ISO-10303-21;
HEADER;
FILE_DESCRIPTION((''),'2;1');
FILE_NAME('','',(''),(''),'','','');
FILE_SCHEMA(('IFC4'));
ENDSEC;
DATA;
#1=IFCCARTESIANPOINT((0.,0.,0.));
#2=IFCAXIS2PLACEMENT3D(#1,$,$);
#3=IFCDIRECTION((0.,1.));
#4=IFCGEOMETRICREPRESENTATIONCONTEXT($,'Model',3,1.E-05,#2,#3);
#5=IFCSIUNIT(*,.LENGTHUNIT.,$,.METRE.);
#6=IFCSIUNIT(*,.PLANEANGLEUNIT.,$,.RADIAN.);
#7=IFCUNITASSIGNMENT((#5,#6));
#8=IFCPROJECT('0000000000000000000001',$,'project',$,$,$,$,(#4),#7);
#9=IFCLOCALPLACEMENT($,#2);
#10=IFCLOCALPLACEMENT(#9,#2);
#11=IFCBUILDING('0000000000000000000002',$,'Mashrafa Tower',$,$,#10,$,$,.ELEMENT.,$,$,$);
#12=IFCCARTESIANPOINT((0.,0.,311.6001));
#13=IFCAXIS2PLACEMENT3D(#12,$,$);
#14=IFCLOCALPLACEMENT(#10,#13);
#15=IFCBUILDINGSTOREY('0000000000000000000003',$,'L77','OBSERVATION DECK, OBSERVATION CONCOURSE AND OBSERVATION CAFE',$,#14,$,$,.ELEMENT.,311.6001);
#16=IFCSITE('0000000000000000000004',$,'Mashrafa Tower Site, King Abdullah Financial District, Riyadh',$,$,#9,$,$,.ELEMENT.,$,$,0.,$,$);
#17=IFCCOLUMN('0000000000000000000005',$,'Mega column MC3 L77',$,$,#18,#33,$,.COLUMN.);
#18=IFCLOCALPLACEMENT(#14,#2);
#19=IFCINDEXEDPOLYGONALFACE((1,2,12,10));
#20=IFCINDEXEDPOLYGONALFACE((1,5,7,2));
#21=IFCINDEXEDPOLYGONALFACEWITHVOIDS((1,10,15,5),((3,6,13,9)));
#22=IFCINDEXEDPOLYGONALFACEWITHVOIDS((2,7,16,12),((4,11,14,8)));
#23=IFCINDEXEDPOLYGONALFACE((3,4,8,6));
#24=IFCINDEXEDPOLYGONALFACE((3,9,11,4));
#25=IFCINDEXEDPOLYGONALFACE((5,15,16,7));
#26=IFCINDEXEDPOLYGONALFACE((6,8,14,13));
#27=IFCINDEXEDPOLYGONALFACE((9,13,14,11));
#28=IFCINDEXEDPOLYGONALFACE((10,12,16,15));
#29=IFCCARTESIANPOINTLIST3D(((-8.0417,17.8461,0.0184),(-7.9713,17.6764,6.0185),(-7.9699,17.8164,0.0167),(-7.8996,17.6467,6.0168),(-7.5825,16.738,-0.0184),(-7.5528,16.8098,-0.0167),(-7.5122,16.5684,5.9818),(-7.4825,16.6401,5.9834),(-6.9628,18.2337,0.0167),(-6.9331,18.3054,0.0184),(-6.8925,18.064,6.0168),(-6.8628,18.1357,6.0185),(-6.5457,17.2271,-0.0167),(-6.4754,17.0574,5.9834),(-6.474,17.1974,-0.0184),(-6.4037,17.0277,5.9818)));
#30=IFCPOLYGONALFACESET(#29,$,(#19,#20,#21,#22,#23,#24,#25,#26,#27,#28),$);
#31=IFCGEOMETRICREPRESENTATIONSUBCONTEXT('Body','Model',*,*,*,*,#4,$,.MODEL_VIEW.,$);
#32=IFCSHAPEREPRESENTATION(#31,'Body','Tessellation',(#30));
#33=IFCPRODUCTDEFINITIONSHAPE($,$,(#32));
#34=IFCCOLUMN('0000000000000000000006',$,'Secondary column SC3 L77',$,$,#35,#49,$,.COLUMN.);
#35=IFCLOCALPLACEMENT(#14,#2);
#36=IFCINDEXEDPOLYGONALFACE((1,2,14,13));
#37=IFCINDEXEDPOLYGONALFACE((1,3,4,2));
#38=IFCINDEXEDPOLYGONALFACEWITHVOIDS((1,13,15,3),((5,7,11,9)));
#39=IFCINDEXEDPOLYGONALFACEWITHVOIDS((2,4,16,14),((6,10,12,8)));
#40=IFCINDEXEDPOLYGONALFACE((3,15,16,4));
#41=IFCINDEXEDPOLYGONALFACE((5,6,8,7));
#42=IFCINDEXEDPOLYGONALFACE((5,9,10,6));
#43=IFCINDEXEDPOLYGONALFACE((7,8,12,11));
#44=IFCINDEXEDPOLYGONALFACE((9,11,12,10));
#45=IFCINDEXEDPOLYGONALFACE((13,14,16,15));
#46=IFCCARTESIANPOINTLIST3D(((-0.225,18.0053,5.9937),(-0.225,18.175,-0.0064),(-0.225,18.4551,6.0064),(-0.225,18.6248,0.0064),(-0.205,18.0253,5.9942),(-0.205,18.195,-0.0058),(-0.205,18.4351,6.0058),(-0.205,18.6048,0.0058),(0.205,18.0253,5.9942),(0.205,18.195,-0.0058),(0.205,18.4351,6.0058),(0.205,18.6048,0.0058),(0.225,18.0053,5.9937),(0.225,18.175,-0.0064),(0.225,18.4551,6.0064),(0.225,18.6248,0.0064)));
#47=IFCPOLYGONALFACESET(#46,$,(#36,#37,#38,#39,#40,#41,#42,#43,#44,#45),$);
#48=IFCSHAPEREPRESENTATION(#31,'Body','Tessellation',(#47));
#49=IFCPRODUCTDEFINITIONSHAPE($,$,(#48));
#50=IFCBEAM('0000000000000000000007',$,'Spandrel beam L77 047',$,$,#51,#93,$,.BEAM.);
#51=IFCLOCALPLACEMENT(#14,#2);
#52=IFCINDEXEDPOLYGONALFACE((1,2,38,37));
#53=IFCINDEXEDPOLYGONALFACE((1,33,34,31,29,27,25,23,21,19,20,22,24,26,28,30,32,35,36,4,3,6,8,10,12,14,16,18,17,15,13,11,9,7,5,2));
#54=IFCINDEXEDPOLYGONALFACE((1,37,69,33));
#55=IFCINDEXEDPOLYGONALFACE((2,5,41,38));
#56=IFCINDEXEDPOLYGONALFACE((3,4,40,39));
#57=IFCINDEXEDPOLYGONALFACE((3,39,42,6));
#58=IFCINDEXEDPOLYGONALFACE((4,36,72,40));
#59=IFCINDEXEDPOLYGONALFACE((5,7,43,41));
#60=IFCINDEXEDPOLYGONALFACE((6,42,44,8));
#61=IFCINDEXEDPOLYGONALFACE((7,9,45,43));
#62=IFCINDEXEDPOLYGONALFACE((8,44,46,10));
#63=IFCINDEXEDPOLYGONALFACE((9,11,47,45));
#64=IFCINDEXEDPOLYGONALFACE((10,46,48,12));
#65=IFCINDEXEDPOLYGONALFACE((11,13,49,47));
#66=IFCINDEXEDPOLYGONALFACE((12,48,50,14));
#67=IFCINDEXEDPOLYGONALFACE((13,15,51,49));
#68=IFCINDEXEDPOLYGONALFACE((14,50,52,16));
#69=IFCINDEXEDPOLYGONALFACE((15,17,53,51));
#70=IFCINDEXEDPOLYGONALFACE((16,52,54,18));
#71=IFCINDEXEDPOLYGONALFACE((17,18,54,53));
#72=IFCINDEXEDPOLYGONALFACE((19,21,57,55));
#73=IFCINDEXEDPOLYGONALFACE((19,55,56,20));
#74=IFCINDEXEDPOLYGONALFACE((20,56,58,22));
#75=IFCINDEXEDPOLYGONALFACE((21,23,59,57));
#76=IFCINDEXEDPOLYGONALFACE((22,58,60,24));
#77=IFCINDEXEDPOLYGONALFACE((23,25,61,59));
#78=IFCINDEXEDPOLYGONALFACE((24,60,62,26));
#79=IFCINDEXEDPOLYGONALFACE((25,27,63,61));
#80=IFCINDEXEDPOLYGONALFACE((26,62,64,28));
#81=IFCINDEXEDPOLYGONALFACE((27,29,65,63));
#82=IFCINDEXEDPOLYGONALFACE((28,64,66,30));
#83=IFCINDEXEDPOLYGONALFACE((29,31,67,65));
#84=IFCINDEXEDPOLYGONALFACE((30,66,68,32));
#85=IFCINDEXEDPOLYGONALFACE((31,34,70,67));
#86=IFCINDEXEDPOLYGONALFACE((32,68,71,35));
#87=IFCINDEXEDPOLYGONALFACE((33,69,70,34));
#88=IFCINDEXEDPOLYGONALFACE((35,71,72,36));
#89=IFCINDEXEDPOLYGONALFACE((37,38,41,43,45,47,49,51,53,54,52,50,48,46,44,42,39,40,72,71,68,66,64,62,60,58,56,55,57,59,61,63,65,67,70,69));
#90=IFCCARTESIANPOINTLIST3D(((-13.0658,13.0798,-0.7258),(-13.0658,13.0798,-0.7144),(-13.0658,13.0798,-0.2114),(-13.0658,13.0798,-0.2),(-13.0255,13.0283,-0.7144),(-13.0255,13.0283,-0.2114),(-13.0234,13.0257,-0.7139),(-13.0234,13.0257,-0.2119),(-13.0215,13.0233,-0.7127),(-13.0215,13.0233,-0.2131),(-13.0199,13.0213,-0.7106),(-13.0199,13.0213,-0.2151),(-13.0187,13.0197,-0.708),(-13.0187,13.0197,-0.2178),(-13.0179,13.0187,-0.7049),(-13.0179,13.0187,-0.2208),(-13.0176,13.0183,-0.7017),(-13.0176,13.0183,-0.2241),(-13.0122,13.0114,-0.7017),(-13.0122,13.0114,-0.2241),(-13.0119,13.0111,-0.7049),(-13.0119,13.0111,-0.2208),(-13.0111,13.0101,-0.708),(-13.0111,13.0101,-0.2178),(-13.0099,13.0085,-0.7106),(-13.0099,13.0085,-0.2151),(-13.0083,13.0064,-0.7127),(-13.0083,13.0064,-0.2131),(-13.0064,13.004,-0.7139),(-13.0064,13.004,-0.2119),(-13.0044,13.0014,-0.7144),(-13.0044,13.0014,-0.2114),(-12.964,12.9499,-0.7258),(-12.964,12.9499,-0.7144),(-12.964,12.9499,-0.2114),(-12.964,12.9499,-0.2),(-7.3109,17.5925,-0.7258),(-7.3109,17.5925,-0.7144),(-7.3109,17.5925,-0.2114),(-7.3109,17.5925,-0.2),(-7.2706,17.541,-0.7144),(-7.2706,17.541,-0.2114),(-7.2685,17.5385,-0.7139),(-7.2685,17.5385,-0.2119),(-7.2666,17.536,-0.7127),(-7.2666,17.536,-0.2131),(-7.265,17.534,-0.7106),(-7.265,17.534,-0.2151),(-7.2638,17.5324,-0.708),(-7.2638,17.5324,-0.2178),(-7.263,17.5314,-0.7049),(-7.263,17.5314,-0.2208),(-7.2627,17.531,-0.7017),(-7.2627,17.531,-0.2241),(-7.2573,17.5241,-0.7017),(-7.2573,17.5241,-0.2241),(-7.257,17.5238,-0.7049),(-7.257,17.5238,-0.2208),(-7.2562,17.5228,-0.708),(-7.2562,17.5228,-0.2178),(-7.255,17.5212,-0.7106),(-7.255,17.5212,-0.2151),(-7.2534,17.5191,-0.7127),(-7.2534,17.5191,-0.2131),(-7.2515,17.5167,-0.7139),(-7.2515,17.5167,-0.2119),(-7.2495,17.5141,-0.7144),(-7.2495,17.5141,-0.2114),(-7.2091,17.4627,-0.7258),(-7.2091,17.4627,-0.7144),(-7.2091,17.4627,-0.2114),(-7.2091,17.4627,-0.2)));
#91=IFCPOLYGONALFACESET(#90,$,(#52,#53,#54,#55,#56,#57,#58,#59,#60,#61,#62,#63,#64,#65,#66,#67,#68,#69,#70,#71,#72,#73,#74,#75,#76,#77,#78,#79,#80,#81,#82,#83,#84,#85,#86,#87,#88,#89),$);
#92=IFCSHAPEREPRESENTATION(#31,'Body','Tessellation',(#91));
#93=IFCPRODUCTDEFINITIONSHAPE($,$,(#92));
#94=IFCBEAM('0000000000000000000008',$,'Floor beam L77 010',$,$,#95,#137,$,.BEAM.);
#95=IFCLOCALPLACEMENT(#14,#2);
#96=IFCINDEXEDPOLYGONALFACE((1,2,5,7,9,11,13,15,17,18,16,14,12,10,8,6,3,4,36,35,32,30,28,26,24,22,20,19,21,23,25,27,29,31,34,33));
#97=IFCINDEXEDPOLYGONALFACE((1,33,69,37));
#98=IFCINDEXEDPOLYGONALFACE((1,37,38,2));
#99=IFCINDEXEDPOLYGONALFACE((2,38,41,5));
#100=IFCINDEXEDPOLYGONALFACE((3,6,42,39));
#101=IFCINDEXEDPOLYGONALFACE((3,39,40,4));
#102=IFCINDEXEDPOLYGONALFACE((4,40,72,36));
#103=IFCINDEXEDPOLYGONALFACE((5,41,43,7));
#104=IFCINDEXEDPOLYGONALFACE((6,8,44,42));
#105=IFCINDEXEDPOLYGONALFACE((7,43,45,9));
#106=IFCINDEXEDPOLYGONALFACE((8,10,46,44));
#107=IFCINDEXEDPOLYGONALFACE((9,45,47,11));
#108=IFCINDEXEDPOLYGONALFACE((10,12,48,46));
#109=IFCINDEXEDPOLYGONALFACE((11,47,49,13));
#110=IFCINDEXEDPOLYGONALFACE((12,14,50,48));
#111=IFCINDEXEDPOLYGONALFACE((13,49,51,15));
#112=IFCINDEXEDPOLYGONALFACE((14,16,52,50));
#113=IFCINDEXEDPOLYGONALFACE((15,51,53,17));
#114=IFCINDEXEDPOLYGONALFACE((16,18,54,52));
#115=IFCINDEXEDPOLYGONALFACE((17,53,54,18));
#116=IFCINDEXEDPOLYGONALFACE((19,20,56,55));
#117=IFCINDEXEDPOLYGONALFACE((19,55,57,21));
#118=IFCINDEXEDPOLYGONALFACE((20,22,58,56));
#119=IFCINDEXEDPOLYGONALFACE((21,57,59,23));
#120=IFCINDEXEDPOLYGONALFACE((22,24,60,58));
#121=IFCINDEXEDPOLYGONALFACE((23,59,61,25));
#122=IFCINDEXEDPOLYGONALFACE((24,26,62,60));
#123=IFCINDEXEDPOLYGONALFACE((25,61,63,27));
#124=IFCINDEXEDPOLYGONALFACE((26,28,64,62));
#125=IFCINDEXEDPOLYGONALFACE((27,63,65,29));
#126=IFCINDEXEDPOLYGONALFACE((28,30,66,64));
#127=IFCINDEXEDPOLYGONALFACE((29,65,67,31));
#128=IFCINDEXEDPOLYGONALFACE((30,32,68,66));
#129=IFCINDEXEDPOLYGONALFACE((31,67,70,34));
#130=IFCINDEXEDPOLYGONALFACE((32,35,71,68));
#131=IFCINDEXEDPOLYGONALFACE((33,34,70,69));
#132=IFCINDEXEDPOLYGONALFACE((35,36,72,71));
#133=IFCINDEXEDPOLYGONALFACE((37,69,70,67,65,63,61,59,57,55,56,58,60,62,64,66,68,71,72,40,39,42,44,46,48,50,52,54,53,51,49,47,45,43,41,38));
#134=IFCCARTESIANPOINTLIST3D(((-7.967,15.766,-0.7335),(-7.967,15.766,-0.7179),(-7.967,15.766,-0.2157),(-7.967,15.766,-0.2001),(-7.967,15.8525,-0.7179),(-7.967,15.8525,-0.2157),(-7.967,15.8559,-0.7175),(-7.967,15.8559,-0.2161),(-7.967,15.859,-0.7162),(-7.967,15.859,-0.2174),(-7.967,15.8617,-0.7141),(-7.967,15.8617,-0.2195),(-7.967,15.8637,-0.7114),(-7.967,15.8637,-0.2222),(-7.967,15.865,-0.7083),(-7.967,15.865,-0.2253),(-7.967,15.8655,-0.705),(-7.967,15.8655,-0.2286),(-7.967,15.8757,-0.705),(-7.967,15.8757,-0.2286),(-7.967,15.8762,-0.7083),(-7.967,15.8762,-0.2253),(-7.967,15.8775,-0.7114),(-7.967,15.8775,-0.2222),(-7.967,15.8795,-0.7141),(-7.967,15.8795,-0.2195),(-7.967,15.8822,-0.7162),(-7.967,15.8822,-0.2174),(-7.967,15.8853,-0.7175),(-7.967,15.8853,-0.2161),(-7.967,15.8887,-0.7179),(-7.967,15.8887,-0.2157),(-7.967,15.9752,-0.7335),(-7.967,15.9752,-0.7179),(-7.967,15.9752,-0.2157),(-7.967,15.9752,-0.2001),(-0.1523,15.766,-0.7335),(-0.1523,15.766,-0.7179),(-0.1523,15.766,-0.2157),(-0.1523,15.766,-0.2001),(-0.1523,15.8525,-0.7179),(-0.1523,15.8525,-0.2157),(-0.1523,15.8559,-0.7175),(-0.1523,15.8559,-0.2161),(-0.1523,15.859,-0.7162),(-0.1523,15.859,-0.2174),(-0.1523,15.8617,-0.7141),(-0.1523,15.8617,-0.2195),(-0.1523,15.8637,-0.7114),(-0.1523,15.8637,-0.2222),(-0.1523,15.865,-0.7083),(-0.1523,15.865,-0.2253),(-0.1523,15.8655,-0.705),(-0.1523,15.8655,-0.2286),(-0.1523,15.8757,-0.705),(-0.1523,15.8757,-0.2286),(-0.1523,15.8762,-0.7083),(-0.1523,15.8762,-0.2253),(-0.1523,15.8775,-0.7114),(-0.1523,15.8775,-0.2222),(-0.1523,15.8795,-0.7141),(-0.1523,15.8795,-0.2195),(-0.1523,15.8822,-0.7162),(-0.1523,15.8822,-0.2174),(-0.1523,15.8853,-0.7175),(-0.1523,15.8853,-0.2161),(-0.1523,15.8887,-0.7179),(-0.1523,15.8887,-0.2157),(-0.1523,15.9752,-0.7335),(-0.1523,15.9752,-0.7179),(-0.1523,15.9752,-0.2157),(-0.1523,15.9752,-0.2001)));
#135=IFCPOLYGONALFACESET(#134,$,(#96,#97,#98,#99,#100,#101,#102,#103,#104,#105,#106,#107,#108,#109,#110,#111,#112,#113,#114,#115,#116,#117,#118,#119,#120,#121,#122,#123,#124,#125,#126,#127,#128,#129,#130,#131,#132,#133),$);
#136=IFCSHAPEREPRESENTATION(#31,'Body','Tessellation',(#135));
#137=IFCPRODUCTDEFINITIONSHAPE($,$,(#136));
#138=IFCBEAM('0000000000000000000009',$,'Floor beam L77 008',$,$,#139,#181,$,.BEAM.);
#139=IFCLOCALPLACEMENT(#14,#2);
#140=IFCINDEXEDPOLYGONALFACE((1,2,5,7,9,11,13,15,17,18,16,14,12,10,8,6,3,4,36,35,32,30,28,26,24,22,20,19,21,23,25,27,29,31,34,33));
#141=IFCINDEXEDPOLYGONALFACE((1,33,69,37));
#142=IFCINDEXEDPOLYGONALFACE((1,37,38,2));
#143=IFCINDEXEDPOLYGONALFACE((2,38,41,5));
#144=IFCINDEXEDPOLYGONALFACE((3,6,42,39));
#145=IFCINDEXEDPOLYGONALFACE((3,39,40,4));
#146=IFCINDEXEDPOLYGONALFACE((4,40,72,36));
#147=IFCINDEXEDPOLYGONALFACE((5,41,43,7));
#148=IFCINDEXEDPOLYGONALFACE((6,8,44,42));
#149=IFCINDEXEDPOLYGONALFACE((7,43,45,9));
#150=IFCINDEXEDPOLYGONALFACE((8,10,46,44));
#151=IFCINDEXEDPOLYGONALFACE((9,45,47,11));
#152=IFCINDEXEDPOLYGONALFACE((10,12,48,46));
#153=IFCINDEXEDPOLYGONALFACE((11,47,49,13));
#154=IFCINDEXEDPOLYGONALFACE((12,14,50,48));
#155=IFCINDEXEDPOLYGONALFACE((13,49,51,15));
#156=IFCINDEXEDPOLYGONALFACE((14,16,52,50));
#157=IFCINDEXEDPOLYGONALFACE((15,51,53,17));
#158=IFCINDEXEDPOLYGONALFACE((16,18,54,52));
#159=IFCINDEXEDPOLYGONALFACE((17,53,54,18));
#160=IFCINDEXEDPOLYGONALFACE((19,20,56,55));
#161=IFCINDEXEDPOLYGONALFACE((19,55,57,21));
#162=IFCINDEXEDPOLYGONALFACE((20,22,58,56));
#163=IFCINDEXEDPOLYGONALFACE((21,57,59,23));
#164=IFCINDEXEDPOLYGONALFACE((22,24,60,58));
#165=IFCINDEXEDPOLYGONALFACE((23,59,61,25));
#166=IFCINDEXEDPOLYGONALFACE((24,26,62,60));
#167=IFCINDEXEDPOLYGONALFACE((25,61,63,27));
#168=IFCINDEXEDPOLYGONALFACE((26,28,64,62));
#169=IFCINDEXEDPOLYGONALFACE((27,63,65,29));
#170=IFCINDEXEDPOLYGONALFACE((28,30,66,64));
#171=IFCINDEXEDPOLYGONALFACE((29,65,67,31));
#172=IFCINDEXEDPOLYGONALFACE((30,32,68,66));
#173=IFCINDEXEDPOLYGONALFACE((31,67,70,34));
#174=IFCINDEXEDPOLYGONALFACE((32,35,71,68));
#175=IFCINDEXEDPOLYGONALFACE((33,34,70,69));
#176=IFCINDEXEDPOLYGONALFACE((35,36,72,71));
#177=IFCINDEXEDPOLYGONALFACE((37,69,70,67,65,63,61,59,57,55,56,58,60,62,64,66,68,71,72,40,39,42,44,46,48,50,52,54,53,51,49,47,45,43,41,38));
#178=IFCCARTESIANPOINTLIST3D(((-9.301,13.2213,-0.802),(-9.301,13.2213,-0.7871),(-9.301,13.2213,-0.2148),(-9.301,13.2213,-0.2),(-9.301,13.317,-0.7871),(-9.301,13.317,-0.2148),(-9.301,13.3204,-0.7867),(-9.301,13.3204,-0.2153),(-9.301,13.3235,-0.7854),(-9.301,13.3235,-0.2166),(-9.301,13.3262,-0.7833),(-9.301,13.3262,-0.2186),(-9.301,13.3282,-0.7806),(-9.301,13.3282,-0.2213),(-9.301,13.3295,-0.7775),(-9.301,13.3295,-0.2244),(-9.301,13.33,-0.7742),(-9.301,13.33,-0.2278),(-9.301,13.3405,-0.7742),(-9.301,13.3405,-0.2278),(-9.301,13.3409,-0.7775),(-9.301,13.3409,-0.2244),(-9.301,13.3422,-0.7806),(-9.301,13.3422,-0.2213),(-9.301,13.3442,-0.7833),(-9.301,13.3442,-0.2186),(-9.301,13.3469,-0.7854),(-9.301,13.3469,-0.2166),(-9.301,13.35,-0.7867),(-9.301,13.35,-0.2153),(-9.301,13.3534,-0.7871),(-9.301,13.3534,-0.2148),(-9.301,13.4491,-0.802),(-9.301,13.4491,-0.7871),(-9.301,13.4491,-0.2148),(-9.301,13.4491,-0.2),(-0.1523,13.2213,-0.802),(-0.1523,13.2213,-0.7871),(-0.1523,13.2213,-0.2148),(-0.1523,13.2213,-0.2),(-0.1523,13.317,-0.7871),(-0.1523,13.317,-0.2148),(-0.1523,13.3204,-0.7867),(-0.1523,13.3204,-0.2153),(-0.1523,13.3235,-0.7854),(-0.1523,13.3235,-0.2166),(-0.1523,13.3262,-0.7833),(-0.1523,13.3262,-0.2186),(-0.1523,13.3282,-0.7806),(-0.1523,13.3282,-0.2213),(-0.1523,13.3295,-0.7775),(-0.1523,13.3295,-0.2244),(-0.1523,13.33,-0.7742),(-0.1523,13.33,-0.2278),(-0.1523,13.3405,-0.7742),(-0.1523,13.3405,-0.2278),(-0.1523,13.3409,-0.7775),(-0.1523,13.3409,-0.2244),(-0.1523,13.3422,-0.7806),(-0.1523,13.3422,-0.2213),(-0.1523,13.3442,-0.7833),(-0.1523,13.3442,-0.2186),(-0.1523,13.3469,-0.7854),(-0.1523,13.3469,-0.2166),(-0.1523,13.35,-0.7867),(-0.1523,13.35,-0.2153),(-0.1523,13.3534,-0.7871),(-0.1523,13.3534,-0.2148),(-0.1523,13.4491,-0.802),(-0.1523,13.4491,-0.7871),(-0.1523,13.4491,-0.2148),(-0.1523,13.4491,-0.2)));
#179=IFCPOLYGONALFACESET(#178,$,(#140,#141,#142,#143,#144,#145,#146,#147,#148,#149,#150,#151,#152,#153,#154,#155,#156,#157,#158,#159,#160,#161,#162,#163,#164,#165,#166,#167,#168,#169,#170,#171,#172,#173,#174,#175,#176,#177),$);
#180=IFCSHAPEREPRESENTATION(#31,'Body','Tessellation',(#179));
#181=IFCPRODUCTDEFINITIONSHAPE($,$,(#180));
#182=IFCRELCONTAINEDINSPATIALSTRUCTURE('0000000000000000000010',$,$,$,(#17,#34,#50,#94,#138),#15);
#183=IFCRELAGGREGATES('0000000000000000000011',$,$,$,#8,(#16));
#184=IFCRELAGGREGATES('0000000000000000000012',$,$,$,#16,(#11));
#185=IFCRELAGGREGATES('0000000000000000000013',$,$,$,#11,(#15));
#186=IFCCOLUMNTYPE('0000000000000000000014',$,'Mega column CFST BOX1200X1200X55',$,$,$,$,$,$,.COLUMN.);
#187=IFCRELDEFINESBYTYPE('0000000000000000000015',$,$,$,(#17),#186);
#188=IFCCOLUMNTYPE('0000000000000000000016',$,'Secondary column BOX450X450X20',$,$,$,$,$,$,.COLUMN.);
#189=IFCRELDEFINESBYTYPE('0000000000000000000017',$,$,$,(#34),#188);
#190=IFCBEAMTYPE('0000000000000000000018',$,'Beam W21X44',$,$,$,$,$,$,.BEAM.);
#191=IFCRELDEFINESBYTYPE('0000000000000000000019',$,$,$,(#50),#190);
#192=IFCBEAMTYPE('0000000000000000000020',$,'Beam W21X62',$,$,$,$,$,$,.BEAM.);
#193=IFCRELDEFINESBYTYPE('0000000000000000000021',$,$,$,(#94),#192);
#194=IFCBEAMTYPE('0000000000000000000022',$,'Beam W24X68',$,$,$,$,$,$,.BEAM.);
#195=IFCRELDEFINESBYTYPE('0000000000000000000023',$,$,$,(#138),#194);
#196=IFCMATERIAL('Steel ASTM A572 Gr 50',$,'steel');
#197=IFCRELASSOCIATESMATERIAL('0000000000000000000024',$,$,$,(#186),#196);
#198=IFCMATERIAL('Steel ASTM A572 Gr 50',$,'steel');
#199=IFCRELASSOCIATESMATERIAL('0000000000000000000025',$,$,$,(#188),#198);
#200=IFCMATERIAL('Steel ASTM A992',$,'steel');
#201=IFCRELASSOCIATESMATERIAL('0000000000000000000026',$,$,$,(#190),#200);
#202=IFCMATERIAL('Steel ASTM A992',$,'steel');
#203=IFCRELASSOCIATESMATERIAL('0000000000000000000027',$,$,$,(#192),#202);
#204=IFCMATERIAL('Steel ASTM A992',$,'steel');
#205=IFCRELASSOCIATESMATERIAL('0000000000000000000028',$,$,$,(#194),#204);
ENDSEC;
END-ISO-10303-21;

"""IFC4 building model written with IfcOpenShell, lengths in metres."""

from ifc_helpers import new_model, si_unit, direction, frame, origin, origin_2d, place, context, subcontext, project, spatial, hollow_rectangle, i_section, extrude, material, material_profile, profile_set, type_object, element, save


model = new_model("IFC4")

# Units and contexts
model_context = context("Model", 3, precision=1e-05, world=origin(), true_north=direction((0.0, 1.0)))
body_context = subcontext(model_context, "Body", "Model", "MODEL_VIEW")
ifc_project = project(units=[si_unit("LENGTHUNIT", "METRE"), si_unit("PLANEANGLEUNIT", "RADIAN")], contexts=[model_context])

# Site, building, storey
site_placement = place(None, origin())
site = spatial("IfcSite", under=ifc_project, at=site_placement, Name="Mashrafa Tower Site, King Abdullah Financial District, Riyadh", CompositionType="ELEMENT", RefElevation=0.0)
building_placement = place(site_placement, origin())
building = spatial("IfcBuilding", under=site, at=building_placement, Name="Mashrafa Tower", CompositionType="ELEMENT")
storey_placement = place(building_placement, frame((0.0, 0.0, 311.6001)))
storey = spatial("IfcBuildingStorey", under=building, at=storey_placement, Name="L77", Description="OBSERVATION DECK, OBSERVATION CONCOURSE AND OBSERVATION CAFE", CompositionType="ELEMENT", Elevation=311.6001)

# Columns
ifc_material_1 = material(Name="Steel ASTM A572 Gr 50", Category="steel")
ifc_material_profile_1 = material_profile(ifc_material_1, hollow_rectangle(XDim=1.2, YDim=1.2, WallThickness=0.0549, at=origin_2d()), Name="BOX1200X1200X55")
ifc_profile_set_1 = profile_set([ifc_material_profile_1], Name="Steel ASTM A572 Gr 50")
column_type_1 = type_object("IfcColumnType", Name="Mega column CFST BOX1200X1200X55", PredefinedType="COLUMN", material=ifc_profile_set_1)
column_1_placement = place(storey_placement, frame((-7.2578, 17.5217, 0.0), z_axis=(0.011713, -0.028266, 0.999532), x_axis=(0.923822, 0.382821, 0.0)))
element("IfcColumn", 1, at=column_1_placement, inside=storey, type_object=column_type_1, Name="Mega column MC3 L77", PredefinedType="COLUMN", context=body_context, shape_type="SweptSolid", body=[
    extrude(hollow_rectangle(XDim=1.2, YDim=1.2, WallThickness=0.0549, at=origin_2d()), origin(), (0.0, 0.0, 1.0), 6.0029),
])
ifc_material_2 = material(Name="Steel ASTM A572 Gr 50", Category="steel")
ifc_material_profile_2 = material_profile(ifc_material_2, hollow_rectangle(XDim=0.45, YDim=0.45, WallThickness=0.02, at=origin_2d()), Name="BOX450X450X20")
ifc_profile_set_2 = profile_set([ifc_material_profile_2], Name="Steel ASTM A572 Gr 50")
column_type_2 = type_object("IfcColumnType", Name="Secondary column BOX450X450X20", PredefinedType="COLUMN", material=ifc_profile_set_2)
column_2_placement = place(storey_placement, frame((0.0, 18.3999, 0.0), z_axis=(0.0, -0.028268, 0.9996), x_axis=(1.0, 0.0, 0.0)))
element("IfcColumn", 2, at=column_2_placement, inside=storey, type_object=column_type_2, Name="Secondary column SC3 L77", PredefinedType="COLUMN", context=body_context, shape_type="SweptSolid", body=[
    extrude(hollow_rectangle(XDim=0.45, YDim=0.45, WallThickness=0.02, at=origin_2d()), origin(), (0.0, 0.0, 1.0), 6.0024),
])

# Beams
ifc_material_3 = material(Name="Steel ASTM A992", Category="steel")
ifc_material_profile_3 = material_profile(ifc_material_3, i_section(OverallWidth=0.165, OverallDepth=0.5259, WebThickness=0.0088, FlangeThickness=0.0115, FilletRadius=0.0127, at=origin_2d()), Name="W21X44")
ifc_profile_set_3 = profile_set([ifc_material_profile_3], Name="Steel ASTM A992")
beam_type_1 = type_object("IfcBeamType", Name="Beam W21X44", PredefinedType="BEAM", material=ifc_profile_set_3)
beam_1_placement = place(storey_placement, frame((-7.26, 17.5276, -0.4629), z_axis=(-0.786916, -0.61706, 0.0), x_axis=(0.61706, -0.786916, 0.0)))
element("IfcBeam", 3, at=beam_1_placement, inside=storey, type_object=beam_type_1, Name="Spandrel beam L77 047", PredefinedType="BEAM", context=body_context, shape_type="SweptSolid", body=[
    extrude(i_section(OverallWidth=0.165, OverallDepth=0.5259, WebThickness=0.0088, FlangeThickness=0.0115, FilletRadius=0.0127, at=origin_2d()), origin(), (0.0, 0.0, 1.0), 7.3132),
])
ifc_material_4 = material(Name="Steel ASTM A992", Category="steel")
ifc_material_profile_4 = material_profile(ifc_material_4, i_section(OverallWidth=0.2092, OverallDepth=0.5334, WebThickness=0.0103, FlangeThickness=0.0156, FilletRadius=0.0129, at=origin_2d()), Name="W21X62")
ifc_profile_set_4 = profile_set([ifc_material_profile_4], Name="Steel ASTM A992")
beam_type_2 = type_object("IfcBeamType", Name="Beam W21X62", PredefinedType="BEAM", material=ifc_profile_set_4)
beam_2_placement = place(storey_placement, frame((-7.967, 15.8706, -0.4668), z_axis=(1.0, 0.0, 0.0), x_axis=(0.0, 1.0, 0.0)))
element("IfcBeam", 4, at=beam_2_placement, inside=storey, type_object=beam_type_2, Name="Floor beam L77 010", PredefinedType="BEAM", context=body_context, shape_type="SweptSolid", body=[
    extrude(i_section(OverallWidth=0.2092, OverallDepth=0.5334, WebThickness=0.0103, FlangeThickness=0.0156, FilletRadius=0.0129, at=origin_2d()), origin(), (0.0, 0.0, 1.0), 7.8147),
])
ifc_material_5 = material(Name="Steel ASTM A992", Category="steel")
ifc_material_profile_5 = material_profile(ifc_material_5, i_section(OverallWidth=0.2278, OverallDepth=0.6021, WebThickness=0.0105, FlangeThickness=0.0149, FilletRadius=0.0129, at=origin_2d()), Name="W24X68")
ifc_profile_set_5 = profile_set([ifc_material_profile_5], Name="Steel ASTM A992")
beam_type_3 = type_object("IfcBeamType", Name="Beam W24X68", PredefinedType="BEAM", material=ifc_profile_set_5)
beam_3_placement = place(storey_placement, frame((-9.301, 13.3352, -0.501), z_axis=(1.0, 0.0, 0.0), x_axis=(0.0, 1.0, 0.0)))
element("IfcBeam", 5, at=beam_3_placement, inside=storey, type_object=beam_type_3, Name="Floor beam L77 008", PredefinedType="BEAM", context=body_context, shape_type="SweptSolid", body=[
    extrude(i_section(OverallWidth=0.2278, OverallDepth=0.6021, WebThickness=0.0105, FlangeThickness=0.0149, FilletRadius=0.0129, at=origin_2d()), origin(), (0.0, 0.0, 1.0), 9.1487),
])

save(model, "model.ifc")
